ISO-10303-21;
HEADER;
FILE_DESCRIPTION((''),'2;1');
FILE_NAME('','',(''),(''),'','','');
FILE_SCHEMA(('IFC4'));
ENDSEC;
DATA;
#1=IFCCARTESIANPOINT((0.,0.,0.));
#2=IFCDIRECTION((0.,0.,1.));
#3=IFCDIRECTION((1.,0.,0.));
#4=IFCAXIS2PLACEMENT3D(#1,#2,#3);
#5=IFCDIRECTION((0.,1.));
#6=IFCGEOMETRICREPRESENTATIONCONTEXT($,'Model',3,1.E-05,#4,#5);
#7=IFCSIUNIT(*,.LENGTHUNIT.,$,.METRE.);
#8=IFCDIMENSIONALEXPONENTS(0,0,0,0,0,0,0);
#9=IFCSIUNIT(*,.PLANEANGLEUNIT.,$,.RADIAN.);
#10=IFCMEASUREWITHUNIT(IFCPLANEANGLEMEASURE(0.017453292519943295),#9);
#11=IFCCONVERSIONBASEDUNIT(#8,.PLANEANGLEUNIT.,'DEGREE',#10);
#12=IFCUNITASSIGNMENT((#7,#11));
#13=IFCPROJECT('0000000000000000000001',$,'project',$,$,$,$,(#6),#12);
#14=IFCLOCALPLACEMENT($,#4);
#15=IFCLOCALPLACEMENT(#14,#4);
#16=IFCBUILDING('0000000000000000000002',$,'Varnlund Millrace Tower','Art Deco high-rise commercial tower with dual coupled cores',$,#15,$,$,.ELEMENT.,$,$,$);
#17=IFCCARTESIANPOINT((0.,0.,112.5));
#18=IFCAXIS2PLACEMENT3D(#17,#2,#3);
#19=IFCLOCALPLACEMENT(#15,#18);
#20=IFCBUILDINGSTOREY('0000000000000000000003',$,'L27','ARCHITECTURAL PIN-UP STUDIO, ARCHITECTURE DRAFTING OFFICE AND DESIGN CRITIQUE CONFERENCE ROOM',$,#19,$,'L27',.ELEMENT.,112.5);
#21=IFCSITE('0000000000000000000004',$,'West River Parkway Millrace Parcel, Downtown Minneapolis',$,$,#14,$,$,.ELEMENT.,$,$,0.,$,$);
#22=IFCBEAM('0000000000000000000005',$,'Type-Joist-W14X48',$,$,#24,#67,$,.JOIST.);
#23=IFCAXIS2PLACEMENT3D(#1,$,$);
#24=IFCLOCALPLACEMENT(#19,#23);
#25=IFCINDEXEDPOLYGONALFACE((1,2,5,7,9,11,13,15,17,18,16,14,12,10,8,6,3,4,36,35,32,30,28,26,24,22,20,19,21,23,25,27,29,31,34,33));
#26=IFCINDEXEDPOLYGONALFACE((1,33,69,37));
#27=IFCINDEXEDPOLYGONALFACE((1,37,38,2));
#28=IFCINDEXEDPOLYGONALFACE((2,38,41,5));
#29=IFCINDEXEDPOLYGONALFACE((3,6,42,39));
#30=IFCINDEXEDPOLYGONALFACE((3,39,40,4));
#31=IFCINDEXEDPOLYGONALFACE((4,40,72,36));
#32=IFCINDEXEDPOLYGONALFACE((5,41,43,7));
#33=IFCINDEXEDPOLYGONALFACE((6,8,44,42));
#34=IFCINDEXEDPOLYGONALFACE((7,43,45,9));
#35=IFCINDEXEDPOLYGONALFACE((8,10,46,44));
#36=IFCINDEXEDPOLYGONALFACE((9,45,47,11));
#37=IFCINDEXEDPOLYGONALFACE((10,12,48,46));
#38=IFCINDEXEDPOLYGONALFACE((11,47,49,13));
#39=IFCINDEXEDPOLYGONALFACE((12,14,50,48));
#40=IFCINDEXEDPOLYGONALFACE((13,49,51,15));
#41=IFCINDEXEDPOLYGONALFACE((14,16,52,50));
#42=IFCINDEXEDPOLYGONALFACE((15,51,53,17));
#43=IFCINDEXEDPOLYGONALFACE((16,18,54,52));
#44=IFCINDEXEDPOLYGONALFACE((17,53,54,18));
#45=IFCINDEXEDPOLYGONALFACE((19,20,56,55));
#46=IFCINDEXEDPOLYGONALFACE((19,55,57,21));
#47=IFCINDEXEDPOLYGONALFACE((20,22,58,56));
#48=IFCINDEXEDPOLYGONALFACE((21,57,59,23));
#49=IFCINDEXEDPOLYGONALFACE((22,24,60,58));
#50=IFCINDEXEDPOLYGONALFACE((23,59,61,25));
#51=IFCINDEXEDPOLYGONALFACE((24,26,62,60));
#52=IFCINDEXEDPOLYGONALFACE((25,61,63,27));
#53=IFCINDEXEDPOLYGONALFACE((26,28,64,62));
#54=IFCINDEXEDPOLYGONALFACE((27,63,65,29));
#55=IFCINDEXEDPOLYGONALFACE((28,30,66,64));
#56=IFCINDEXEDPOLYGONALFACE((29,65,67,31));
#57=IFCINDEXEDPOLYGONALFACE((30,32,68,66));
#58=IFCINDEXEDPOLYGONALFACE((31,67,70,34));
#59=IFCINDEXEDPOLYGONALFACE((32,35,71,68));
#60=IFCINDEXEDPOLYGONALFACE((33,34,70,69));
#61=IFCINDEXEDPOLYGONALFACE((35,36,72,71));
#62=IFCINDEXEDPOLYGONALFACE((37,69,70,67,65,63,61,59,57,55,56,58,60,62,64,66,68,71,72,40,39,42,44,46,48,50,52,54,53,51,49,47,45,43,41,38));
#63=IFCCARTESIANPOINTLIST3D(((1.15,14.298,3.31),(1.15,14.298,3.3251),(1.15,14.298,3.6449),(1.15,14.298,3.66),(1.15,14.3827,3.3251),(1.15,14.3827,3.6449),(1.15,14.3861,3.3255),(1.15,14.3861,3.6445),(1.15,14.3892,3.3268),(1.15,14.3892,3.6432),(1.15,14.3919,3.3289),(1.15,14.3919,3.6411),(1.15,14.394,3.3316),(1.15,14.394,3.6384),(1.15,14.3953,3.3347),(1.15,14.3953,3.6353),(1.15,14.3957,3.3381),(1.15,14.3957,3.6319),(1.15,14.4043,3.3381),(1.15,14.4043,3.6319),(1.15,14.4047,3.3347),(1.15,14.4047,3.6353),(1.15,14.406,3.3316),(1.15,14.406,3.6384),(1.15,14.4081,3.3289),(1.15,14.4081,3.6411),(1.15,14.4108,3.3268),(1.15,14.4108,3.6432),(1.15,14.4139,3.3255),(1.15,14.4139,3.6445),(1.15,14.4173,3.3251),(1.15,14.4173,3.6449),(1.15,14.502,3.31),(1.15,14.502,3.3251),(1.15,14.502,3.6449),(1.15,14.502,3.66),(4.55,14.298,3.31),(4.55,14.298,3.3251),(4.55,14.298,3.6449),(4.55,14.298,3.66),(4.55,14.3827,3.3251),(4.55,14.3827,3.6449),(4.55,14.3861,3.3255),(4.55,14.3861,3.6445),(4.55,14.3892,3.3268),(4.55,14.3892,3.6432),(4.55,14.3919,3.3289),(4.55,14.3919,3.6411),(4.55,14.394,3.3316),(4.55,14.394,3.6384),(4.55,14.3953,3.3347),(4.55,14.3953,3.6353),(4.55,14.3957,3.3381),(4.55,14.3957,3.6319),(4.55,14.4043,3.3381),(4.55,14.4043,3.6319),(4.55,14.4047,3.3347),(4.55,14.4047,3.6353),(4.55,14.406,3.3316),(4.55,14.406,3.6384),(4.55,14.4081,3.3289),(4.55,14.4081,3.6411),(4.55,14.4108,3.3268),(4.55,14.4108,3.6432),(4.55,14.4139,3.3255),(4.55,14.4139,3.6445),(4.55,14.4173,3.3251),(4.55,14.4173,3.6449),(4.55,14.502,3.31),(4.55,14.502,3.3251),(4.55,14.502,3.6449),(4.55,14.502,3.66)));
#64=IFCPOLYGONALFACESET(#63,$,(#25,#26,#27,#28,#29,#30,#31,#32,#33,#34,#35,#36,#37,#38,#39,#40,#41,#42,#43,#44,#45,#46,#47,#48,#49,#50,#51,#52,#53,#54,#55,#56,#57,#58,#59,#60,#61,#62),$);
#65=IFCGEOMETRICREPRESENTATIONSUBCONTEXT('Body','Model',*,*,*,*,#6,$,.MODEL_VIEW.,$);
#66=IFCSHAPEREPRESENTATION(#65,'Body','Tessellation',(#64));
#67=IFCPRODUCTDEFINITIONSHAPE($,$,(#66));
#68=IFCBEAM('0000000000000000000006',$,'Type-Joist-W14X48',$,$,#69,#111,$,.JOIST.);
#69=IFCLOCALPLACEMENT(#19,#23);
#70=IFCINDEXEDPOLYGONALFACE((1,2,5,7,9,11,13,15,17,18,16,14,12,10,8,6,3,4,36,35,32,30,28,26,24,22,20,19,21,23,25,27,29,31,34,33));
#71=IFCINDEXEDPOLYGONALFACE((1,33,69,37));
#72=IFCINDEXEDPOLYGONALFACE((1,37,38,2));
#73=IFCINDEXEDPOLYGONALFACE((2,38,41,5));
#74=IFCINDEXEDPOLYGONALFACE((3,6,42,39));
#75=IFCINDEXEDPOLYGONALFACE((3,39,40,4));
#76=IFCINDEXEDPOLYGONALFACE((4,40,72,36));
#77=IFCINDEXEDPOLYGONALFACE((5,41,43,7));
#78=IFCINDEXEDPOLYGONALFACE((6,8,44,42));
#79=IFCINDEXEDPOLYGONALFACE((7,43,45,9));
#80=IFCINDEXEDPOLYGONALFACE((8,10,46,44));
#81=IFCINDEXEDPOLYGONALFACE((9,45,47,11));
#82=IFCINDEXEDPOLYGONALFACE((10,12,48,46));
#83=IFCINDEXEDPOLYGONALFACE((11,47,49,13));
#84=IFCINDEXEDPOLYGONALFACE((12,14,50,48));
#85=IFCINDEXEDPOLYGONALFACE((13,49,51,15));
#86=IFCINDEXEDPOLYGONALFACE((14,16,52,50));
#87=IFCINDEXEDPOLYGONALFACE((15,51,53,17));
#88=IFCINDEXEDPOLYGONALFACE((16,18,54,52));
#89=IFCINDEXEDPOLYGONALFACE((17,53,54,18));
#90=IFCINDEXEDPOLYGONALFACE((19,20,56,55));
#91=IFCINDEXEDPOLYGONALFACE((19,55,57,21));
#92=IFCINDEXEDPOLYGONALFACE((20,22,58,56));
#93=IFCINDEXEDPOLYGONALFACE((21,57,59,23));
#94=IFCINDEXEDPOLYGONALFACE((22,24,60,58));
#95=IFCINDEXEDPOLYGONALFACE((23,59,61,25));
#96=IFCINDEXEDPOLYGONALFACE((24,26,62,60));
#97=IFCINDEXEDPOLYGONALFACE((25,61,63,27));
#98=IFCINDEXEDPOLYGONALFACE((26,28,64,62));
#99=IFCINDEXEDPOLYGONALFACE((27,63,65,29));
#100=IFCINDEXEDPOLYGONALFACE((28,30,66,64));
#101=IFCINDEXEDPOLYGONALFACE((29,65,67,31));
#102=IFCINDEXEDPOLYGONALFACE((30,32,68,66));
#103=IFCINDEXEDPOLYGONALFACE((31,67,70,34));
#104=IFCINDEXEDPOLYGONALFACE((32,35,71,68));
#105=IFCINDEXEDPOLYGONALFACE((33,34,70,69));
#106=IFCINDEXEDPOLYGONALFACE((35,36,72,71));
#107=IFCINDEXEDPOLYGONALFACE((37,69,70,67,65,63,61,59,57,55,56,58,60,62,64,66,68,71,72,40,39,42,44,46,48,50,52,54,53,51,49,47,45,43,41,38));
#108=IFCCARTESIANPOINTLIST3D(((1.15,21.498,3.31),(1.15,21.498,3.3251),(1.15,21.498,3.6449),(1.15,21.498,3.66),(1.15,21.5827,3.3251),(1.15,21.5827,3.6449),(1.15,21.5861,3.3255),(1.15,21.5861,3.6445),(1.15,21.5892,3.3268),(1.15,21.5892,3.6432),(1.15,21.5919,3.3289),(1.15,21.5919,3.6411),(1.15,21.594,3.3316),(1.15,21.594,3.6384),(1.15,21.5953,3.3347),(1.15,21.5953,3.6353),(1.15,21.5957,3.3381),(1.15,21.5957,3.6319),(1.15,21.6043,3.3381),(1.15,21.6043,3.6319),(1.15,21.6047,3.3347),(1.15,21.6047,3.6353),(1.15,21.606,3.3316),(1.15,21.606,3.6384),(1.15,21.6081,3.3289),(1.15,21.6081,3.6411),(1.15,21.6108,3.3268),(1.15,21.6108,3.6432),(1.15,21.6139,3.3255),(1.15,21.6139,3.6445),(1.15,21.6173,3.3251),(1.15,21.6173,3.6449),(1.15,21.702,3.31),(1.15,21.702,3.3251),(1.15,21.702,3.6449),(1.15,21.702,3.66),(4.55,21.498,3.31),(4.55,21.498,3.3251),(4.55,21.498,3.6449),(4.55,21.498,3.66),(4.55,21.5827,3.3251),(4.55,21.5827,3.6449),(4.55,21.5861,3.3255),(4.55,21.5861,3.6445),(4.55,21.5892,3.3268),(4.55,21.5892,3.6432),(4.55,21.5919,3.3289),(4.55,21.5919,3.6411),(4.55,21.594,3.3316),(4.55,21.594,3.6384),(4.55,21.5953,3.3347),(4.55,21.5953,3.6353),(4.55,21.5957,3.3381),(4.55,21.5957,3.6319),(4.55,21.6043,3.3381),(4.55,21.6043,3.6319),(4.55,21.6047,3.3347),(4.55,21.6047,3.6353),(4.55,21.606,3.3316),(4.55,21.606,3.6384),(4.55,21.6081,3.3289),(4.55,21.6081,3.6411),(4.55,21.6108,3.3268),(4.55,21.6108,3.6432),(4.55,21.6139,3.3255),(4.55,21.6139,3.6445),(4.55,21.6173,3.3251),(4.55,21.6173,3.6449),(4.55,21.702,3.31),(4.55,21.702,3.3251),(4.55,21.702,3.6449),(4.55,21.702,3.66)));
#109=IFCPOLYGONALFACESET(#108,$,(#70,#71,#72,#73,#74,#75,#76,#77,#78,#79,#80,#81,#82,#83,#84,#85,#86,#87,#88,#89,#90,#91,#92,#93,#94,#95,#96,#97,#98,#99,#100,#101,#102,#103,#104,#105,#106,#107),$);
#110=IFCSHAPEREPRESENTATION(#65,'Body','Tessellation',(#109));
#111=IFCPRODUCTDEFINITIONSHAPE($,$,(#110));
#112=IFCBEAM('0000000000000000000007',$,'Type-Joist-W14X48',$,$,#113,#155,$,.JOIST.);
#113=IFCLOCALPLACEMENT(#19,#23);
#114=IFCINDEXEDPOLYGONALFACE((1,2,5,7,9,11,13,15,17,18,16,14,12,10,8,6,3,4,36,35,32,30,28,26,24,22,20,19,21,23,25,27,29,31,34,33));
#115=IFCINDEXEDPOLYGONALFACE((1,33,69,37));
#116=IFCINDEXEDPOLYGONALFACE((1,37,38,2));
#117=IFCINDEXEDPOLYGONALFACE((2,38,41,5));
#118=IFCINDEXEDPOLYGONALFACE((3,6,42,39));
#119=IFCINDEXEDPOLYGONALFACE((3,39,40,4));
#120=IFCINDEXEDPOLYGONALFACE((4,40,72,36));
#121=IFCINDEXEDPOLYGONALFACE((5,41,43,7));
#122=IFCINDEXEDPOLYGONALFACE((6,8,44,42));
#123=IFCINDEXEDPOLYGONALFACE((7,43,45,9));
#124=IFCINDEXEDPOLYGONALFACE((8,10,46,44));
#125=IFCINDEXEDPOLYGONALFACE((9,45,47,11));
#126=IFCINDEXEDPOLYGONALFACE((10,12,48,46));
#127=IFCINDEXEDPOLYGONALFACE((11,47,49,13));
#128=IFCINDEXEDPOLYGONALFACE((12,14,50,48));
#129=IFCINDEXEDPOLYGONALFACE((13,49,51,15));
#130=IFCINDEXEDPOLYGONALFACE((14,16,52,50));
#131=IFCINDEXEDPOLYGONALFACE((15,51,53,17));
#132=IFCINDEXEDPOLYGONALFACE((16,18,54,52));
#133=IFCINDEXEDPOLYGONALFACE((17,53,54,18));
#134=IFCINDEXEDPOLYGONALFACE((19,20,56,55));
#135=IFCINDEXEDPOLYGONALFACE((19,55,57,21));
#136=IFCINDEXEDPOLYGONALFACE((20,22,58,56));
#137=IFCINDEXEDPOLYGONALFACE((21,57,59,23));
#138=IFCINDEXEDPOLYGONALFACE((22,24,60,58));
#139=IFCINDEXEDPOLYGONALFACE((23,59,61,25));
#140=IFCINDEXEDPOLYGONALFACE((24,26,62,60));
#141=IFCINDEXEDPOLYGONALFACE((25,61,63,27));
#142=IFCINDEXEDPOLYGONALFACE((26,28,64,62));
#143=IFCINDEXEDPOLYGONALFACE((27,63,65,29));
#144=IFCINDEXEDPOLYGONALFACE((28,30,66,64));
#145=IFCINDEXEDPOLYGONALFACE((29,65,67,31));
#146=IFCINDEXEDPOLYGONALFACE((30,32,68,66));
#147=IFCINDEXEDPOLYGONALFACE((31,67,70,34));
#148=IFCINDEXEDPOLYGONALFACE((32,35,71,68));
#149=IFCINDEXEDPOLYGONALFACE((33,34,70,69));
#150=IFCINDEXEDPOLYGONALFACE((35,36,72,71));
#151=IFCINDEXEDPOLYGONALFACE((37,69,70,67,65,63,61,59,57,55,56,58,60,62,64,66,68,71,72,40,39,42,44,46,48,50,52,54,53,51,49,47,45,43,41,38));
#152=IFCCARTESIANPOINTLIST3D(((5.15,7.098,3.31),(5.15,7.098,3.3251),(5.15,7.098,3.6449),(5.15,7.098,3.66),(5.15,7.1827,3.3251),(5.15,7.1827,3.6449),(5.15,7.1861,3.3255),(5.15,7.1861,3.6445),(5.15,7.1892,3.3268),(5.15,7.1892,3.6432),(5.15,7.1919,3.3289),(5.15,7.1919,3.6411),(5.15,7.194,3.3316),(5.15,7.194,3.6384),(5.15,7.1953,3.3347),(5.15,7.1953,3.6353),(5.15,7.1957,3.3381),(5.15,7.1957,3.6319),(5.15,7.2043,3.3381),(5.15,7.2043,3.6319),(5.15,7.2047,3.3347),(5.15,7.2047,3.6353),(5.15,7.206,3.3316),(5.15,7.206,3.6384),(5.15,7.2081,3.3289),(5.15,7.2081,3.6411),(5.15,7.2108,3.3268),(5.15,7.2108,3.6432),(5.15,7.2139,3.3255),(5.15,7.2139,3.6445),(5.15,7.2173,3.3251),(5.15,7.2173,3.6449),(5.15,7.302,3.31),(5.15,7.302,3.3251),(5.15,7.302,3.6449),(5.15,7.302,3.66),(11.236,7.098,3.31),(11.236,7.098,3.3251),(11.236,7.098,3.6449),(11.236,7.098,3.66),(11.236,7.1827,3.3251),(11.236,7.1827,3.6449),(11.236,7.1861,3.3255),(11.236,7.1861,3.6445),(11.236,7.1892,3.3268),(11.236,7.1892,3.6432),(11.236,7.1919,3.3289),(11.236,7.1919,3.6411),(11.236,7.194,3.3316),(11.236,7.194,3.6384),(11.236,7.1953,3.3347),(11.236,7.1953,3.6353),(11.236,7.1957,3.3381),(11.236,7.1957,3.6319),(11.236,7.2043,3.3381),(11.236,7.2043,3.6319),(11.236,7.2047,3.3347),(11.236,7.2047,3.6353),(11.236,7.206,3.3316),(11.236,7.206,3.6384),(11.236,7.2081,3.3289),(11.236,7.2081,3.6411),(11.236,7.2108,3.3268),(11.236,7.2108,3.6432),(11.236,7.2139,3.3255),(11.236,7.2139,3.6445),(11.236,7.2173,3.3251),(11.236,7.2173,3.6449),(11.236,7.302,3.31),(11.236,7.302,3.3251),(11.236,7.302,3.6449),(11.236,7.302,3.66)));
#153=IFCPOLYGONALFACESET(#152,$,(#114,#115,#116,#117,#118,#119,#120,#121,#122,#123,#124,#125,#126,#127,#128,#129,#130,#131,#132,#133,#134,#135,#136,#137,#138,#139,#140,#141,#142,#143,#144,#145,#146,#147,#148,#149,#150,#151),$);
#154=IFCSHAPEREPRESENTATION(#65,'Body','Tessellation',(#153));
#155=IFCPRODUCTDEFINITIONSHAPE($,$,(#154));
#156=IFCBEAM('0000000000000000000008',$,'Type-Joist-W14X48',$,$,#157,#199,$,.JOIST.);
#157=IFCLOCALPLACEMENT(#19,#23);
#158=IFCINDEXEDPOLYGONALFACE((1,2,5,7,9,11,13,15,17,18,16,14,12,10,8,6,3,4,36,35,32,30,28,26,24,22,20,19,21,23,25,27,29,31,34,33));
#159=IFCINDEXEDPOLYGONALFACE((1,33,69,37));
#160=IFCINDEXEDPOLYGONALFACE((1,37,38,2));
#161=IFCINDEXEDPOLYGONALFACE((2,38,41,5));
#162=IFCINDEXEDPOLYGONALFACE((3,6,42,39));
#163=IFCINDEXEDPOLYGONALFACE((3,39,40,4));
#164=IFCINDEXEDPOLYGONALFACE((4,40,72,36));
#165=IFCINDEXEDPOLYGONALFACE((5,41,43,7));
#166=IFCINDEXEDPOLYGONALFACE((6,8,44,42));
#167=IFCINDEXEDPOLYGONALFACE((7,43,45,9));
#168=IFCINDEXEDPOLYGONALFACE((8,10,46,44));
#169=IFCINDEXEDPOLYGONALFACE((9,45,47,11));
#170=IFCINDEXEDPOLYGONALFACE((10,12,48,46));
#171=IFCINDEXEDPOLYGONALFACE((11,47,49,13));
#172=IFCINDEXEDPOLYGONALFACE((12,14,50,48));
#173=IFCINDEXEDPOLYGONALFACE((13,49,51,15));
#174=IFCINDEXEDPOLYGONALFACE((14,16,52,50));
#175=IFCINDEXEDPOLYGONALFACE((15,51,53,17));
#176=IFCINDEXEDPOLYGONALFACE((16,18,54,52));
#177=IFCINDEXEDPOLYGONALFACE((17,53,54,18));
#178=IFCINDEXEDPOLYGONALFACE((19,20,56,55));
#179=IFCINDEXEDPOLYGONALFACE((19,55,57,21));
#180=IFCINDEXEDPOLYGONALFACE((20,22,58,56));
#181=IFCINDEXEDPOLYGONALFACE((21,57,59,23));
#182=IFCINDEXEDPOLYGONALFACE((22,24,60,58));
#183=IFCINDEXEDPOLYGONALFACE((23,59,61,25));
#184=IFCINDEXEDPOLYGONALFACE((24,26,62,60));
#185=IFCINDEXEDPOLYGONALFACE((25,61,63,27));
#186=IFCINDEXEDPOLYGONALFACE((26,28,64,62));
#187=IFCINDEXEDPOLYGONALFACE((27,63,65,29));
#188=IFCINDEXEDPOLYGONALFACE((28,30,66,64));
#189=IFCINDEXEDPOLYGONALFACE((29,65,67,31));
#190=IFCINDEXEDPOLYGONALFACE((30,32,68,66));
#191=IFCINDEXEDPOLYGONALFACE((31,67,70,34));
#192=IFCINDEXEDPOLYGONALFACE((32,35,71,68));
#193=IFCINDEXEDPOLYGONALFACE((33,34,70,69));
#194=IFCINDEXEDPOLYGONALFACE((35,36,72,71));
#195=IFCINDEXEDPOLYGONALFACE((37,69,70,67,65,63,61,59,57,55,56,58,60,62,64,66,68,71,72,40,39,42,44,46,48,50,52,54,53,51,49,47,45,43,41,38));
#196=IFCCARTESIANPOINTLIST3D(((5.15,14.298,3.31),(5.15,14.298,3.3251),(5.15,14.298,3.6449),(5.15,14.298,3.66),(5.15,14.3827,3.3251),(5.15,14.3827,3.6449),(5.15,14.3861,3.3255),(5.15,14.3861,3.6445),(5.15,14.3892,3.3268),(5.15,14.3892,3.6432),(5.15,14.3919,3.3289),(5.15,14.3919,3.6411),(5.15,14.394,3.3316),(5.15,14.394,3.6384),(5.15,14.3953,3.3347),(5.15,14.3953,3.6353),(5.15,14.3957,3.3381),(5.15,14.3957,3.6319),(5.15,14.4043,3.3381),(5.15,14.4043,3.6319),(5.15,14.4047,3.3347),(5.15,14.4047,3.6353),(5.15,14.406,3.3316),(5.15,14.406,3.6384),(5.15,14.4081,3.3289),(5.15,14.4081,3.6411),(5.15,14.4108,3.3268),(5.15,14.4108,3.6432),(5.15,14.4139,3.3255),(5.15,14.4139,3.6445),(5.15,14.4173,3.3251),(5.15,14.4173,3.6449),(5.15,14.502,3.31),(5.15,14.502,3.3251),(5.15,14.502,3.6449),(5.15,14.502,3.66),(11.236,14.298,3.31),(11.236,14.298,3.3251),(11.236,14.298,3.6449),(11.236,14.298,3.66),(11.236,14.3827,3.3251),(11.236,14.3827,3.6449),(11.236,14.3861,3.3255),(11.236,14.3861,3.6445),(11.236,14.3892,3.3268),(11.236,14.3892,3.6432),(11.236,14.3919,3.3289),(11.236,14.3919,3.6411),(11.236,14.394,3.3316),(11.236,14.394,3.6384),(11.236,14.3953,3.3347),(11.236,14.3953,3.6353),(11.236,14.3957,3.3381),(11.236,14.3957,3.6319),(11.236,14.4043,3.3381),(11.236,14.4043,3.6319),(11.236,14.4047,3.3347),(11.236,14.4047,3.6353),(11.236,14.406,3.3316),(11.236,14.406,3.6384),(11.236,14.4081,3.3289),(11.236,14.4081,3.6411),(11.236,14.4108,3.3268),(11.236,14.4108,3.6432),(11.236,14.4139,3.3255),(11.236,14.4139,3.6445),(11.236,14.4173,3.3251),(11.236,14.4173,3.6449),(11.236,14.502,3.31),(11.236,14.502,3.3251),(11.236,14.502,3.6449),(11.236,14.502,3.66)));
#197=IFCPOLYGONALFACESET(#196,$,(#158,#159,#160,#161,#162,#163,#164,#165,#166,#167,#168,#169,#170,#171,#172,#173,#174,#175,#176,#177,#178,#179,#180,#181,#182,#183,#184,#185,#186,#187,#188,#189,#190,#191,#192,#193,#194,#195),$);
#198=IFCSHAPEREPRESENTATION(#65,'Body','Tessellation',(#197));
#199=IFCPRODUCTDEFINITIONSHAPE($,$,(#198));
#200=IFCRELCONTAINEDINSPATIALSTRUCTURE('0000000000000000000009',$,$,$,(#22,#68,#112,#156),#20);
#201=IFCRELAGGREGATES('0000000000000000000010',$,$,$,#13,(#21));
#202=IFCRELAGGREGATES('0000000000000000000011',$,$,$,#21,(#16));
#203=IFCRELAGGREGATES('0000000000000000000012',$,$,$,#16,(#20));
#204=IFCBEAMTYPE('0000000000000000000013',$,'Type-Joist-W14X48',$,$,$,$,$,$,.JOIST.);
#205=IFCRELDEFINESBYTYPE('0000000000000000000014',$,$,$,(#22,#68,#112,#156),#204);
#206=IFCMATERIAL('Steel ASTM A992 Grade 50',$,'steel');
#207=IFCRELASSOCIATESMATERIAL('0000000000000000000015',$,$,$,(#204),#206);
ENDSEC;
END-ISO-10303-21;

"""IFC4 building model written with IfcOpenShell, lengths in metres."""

from ifc_helpers import new_model, entity, si_unit, converted_unit, direction, frame, origin_with_axes, origin_2d_with_axis, place, context, subcontext, project, spatial, i_section, extrude, material, material_profile, profile_set, type_object, element, save


model = new_model("IFC4")

# Units and contexts
model_context = context("Model", 3, precision=1e-05, world=origin_with_axes(), true_north=direction((0.0, 1.0)))
body_context = subcontext(model_context, "Body", "Model", "MODEL_VIEW")
ifc_project = project(units=[si_unit("LENGTHUNIT", "METRE"), converted_unit("PLANEANGLEUNIT", "DEGREE", entity("IfcPlaneAngleMeasure", 0.017453292519943295), si_unit("PLANEANGLEUNIT", "RADIAN"), dimensions=[0, 0, 0, 0, 0, 0, 0])], contexts=[model_context])

# Site, building, storey
site_placement = place(None, origin_with_axes())
site = spatial("IfcSite", under=ifc_project, at=site_placement, Name="West River Parkway Millrace Parcel, Downtown Minneapolis", CompositionType="ELEMENT", RefElevation=0.0)
building_placement = place(site_placement, origin_with_axes())
building = spatial("IfcBuilding", under=site, at=building_placement, Name="Varnlund Millrace Tower", Description="Art Deco high-rise commercial tower with dual coupled cores", CompositionType="ELEMENT")
storey_placement = place(building_placement, frame((0.0, 0.0, 112.5), z_axis=(0.0, 0.0, 1.0), x_axis=(1.0, 0.0, 0.0)))
storey = spatial("IfcBuildingStorey", under=building, at=storey_placement, Name="L27", Description="ARCHITECTURAL PIN-UP STUDIO, ARCHITECTURE DRAFTING OFFICE AND DESIGN CRITIQUE CONFERENCE ROOM", LongName="L27", CompositionType="ELEMENT", Elevation=112.5)

# Beams
ifc_material_1 = material(Name="Steel ASTM A992 Grade 50", Category="steel")
ifc_material_profile_1 = material_profile(ifc_material_1, i_section(OverallWidth=0.204, OverallDepth=0.35, WebThickness=0.0086, FlangeThickness=0.0151, FilletRadius=0.013, at=origin_2d_with_axis()), Name="Steel ASTM A992 Grade 50")
ifc_profile_set_1 = profile_set([ifc_material_profile_1], Name="Steel ASTM A992 Grade 50")
beam_type_1 = type_object("IfcBeamType", Name="Type-Joist-W14X48", PredefinedType="JOIST", material=ifc_profile_set_1)
for number, where, z_axis, x_axis, name in (
    (1, (1.15, 14.4, 3.485), (1.0, 0.0, 0.0), (0.0, 1.0, 0.0), "Type-Joist-W14X48"),
    (2, (1.15, 21.6, 3.485), (1.0, 0.0, 0.0), (0.0, 1.0, 0.0), "Type-Joist-W14X48"),
):
    element("IfcBeam", number, at=place(storey_placement, frame(where, z_axis=z_axis, x_axis=x_axis)), inside=storey, type_object=beam_type_1, Name=name, PredefinedType="JOIST", context=body_context, shape_type="SweptSolid", body=[
        extrude(i_section(OverallWidth=0.204, OverallDepth=0.35, WebThickness=0.0086, FlangeThickness=0.0151, FilletRadius=0.013, at=origin_2d_with_axis()), origin_with_axes(), (0.0, 0.0, 1.0), 3.4),
    ])
for number, where, z_axis, x_axis, name in (
    (3, (5.15, 7.2, 3.485), (1.0, 0.0, 0.0), (0.0, 1.0, 0.0), "Type-Joist-W14X48"),
    (4, (5.15, 14.4, 3.485), (1.0, 0.0, 0.0), (0.0, 1.0, 0.0), "Type-Joist-W14X48"),
):
    element("IfcBeam", number, at=place(storey_placement, frame(where, z_axis=z_axis, x_axis=x_axis)), inside=storey, type_object=beam_type_1, Name=name, PredefinedType="JOIST", context=body_context, shape_type="SweptSolid", body=[
        extrude(i_section(OverallWidth=0.204, OverallDepth=0.35, WebThickness=0.0086, FlangeThickness=0.0151, FilletRadius=0.013, at=origin_2d_with_axis()), origin_with_axes(), (0.0, 0.0, 1.0), 6.086),
    ])

save(model, "model.ifc")
